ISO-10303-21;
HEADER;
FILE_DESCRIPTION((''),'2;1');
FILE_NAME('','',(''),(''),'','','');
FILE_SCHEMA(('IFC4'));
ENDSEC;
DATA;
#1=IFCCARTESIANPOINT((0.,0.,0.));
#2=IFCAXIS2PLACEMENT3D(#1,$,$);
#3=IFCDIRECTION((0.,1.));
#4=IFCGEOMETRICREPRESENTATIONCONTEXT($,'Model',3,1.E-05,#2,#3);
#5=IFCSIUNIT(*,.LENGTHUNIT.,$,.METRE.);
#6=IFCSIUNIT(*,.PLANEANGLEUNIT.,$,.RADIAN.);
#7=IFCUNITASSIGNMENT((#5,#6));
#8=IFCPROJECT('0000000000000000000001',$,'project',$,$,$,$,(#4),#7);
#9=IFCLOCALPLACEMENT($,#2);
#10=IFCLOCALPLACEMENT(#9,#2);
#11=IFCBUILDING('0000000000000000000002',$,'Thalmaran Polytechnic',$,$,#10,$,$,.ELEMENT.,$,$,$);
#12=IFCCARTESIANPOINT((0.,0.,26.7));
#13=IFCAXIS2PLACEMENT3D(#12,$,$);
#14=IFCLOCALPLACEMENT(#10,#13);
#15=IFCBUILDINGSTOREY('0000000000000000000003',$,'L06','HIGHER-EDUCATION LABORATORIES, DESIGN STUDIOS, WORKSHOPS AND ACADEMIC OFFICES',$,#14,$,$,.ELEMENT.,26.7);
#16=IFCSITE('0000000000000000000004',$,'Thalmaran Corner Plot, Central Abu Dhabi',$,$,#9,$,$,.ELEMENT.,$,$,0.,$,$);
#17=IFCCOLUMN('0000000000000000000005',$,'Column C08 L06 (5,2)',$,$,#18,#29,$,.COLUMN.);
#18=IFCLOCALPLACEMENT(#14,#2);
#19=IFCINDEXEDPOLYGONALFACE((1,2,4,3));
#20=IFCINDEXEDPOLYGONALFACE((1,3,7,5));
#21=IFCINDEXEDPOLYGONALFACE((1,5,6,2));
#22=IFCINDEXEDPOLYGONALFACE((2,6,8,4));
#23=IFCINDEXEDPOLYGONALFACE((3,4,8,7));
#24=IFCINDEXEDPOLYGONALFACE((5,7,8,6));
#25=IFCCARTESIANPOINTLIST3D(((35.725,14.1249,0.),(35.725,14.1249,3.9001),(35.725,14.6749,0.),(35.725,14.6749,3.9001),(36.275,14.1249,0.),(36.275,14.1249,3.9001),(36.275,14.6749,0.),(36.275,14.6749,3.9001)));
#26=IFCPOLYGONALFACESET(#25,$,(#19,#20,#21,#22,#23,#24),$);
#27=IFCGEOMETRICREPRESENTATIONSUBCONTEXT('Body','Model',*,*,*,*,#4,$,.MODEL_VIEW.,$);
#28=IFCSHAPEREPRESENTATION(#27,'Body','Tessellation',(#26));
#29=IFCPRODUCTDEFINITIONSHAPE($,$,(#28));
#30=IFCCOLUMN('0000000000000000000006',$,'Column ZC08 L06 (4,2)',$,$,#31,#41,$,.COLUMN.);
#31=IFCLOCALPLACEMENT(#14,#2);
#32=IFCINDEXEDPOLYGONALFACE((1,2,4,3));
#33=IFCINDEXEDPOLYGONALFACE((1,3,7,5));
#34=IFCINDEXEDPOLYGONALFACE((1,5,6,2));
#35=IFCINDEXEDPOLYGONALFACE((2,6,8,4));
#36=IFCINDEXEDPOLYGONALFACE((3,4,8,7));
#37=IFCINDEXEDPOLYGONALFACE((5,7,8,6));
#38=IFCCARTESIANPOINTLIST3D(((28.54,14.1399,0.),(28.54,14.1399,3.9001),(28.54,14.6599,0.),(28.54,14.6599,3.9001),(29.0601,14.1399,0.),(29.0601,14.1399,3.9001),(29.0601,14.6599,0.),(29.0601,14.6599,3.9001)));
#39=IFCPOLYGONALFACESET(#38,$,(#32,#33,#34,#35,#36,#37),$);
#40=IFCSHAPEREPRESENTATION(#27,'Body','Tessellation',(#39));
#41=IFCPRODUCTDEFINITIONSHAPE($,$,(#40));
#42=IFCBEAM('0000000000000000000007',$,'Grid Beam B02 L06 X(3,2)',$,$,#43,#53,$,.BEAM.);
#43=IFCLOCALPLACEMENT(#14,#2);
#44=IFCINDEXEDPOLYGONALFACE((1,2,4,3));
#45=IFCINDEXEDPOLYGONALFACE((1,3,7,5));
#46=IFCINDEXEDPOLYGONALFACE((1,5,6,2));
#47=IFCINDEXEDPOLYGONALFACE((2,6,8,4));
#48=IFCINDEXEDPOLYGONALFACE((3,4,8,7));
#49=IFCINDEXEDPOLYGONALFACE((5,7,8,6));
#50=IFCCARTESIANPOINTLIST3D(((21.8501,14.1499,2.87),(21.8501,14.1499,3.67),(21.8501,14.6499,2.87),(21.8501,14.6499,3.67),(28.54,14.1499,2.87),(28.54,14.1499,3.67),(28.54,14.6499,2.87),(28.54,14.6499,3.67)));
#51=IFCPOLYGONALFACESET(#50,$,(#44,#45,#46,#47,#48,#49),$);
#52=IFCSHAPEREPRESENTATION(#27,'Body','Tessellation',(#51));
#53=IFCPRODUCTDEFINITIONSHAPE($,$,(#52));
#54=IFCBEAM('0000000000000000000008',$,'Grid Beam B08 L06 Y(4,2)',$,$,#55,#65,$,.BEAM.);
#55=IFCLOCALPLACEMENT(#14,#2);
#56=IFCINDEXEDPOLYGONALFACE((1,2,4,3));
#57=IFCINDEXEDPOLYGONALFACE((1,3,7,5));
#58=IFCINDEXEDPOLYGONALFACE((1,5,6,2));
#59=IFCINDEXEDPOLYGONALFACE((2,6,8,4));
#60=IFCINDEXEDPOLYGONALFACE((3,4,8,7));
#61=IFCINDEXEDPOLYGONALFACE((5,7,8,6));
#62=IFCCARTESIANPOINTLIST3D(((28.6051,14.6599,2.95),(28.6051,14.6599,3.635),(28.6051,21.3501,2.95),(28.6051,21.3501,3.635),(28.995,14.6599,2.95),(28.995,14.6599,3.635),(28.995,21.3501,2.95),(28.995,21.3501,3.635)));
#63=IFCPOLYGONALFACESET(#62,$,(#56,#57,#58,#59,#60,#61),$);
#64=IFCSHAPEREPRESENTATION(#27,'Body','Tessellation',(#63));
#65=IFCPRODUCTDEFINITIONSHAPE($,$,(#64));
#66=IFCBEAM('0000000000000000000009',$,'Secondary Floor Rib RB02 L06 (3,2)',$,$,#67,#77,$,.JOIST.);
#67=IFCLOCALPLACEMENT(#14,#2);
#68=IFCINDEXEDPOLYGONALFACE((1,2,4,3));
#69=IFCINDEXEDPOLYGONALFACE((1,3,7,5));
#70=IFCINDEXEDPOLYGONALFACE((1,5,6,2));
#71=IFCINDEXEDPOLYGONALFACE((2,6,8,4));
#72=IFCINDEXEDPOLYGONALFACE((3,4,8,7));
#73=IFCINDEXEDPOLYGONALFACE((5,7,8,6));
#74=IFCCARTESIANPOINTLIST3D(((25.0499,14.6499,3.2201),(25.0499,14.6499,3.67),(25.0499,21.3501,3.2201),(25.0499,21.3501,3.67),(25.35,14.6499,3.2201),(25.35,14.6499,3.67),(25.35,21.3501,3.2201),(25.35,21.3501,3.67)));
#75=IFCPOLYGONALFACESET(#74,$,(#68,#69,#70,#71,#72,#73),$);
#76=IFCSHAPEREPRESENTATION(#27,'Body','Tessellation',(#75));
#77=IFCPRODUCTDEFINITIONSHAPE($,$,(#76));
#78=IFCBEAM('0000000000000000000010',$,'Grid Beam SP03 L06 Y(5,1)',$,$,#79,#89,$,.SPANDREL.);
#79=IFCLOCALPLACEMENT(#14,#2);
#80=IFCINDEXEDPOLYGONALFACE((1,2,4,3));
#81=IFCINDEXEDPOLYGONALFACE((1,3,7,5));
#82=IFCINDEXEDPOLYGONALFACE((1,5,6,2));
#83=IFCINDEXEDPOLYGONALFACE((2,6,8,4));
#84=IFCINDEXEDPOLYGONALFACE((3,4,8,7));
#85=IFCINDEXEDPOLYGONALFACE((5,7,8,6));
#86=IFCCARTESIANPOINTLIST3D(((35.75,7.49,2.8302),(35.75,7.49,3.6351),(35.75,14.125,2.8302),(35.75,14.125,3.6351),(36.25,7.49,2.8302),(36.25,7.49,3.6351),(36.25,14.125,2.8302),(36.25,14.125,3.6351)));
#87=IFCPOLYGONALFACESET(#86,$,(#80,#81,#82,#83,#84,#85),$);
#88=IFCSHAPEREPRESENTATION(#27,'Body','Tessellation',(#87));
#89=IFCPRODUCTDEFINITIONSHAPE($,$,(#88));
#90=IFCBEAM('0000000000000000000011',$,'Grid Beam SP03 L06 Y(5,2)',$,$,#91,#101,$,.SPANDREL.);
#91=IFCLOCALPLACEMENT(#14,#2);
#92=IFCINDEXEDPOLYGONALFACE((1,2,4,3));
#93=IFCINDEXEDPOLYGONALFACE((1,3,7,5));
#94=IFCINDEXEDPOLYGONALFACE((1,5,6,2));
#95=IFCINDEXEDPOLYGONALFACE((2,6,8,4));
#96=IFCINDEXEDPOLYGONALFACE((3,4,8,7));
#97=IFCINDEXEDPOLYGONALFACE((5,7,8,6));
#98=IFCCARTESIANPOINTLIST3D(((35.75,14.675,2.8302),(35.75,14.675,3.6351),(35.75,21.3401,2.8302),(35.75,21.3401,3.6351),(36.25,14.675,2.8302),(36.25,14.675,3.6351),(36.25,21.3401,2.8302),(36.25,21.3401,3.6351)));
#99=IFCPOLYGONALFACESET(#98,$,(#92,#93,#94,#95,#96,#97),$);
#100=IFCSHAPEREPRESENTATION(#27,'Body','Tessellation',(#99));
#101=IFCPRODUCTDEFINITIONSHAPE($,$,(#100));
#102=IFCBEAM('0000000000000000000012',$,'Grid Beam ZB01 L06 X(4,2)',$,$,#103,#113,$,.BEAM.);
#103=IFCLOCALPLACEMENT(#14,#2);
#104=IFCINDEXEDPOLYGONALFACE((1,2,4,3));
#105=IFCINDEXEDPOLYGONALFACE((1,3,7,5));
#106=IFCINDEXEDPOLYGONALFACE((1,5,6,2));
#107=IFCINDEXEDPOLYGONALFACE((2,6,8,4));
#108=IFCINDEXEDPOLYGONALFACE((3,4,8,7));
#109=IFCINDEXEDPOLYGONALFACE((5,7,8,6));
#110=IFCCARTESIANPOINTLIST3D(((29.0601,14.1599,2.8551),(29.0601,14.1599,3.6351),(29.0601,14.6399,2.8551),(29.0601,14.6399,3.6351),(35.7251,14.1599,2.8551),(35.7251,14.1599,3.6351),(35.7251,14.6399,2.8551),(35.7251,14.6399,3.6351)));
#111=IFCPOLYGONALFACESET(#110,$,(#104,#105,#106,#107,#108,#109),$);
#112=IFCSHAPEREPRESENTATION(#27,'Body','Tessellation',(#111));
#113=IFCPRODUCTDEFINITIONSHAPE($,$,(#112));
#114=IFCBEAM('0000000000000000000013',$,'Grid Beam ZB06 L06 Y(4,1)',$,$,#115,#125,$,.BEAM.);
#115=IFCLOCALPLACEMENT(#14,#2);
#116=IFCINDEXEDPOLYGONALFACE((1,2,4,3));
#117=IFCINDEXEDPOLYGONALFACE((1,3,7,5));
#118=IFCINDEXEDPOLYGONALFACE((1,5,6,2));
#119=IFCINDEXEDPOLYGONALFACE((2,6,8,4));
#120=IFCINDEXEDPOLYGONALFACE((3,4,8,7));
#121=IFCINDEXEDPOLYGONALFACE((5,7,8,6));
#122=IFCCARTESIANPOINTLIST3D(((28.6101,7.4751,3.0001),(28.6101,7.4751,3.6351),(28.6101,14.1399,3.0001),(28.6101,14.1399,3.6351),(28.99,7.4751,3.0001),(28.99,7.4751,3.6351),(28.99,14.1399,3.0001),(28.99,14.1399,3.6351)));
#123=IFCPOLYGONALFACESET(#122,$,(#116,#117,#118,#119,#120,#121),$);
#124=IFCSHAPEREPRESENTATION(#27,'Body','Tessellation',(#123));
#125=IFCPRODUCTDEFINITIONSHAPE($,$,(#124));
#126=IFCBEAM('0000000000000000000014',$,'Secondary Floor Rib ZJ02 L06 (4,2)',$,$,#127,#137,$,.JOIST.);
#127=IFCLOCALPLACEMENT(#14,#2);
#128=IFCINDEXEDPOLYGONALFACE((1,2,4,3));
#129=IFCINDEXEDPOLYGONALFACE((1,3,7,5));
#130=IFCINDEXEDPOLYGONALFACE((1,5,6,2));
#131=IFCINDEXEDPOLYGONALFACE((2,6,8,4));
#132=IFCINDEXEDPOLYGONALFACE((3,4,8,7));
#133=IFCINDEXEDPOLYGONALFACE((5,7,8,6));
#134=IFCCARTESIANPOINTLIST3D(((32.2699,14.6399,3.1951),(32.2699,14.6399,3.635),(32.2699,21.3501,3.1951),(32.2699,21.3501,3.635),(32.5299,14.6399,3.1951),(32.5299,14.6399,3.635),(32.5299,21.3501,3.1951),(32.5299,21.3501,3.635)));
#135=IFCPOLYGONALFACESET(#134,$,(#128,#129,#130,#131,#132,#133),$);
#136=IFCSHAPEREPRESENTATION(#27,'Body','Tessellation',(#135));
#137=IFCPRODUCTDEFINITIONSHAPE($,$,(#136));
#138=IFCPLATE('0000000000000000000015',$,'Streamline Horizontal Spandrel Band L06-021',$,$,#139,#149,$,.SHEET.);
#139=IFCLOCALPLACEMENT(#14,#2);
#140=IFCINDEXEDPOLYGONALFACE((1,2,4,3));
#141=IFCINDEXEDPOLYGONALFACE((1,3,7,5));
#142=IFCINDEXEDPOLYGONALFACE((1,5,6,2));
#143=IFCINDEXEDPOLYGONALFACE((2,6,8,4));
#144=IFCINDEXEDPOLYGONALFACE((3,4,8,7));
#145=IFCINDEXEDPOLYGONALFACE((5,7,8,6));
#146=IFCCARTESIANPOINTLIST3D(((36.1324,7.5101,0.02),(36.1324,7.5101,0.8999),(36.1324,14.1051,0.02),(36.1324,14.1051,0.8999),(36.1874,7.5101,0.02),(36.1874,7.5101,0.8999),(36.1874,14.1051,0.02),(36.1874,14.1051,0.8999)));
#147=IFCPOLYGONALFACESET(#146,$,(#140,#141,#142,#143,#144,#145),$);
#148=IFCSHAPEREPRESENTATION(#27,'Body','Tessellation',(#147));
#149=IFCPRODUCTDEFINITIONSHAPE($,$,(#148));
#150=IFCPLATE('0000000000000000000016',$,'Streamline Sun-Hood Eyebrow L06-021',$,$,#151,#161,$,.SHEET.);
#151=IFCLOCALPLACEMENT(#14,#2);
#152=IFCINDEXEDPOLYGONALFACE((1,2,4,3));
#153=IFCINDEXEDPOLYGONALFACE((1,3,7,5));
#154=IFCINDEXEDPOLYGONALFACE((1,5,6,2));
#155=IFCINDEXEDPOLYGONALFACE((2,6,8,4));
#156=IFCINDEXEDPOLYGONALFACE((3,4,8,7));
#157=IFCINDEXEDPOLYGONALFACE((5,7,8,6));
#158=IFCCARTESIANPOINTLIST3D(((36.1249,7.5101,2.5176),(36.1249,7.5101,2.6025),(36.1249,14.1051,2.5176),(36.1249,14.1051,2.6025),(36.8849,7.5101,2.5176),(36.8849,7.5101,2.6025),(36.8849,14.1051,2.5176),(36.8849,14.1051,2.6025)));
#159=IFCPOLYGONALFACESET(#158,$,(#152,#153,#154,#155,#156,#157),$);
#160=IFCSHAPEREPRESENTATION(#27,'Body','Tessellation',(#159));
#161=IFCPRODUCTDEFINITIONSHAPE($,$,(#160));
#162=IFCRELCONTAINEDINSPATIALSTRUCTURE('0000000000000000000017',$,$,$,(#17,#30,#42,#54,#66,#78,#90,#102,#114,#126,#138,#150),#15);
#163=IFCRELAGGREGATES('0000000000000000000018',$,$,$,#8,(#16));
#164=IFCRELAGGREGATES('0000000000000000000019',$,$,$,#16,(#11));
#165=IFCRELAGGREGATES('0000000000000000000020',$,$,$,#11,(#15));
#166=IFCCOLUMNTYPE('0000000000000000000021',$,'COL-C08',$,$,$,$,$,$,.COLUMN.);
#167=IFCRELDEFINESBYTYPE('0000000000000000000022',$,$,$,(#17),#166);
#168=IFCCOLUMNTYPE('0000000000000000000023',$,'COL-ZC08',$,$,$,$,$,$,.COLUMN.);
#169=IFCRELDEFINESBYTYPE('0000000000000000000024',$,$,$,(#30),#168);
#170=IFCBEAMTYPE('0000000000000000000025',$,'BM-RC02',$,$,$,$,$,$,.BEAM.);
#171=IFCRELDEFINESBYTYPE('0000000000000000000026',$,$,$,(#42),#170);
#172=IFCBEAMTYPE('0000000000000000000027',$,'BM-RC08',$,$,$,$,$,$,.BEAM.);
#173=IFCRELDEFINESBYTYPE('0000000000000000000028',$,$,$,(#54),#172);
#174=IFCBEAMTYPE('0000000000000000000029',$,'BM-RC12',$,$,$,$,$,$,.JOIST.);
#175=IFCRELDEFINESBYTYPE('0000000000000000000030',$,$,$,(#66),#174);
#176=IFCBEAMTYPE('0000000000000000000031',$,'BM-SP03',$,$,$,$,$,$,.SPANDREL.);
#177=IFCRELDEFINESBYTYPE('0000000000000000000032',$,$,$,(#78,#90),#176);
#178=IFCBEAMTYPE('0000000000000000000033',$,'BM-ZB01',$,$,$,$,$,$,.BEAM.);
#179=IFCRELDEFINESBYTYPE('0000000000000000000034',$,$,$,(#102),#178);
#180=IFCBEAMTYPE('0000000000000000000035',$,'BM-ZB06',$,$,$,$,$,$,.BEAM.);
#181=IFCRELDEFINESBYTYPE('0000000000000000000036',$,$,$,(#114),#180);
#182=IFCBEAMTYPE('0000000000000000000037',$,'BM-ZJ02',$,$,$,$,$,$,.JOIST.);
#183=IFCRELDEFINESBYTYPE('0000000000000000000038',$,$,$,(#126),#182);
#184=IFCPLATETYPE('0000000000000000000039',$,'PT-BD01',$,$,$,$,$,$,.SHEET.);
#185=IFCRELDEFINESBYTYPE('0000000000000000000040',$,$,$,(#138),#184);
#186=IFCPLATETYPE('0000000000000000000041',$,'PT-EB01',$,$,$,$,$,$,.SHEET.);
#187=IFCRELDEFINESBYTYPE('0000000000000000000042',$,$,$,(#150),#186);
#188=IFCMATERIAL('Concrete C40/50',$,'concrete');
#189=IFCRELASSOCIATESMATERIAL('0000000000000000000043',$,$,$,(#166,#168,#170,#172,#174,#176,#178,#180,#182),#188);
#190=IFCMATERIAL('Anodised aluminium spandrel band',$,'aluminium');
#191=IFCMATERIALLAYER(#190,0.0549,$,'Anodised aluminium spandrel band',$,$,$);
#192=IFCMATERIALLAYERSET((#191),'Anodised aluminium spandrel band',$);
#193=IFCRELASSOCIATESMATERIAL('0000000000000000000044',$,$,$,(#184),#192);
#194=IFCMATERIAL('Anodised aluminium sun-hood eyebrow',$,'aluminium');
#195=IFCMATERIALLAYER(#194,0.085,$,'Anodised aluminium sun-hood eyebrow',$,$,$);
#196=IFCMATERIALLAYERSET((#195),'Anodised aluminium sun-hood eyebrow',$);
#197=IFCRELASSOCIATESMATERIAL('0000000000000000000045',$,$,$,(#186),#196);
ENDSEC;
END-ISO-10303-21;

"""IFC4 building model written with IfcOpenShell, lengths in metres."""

from ifc_helpers import new_model, si_unit, direction, frame, origin, origin_2d, place, context, subcontext, project, spatial, rectangle, extrude, material, layer, layer_set, material_profile, profile_set, type_object, element, save


model = new_model("IFC4")

# Units and contexts
model_context = context("Model", 3, precision=1e-05, world=origin(), true_north=direction((0.0, 1.0)))
body_context = subcontext(model_context, "Body", "Model", "MODEL_VIEW")
ifc_project = project(units=[si_unit("LENGTHUNIT", "METRE"), si_unit("PLANEANGLEUNIT", "RADIAN")], contexts=[model_context])

# Site, building, storey
site_placement = place(None, origin())
site = spatial("IfcSite", under=ifc_project, at=site_placement, Name="Thalmaran Corner Plot, Central Abu Dhabi", CompositionType="ELEMENT", RefElevation=0.0)
building_placement = place(site_placement, origin())
building = spatial("IfcBuilding", under=site, at=building_placement, Name="Thalmaran Polytechnic", CompositionType="ELEMENT")
storey_placement = place(building_placement, frame((0.0, 0.0, 26.7)))
storey = spatial("IfcBuildingStorey", under=building, at=storey_placement, Name="L06", Description="HIGHER-EDUCATION LABORATORIES, DESIGN STUDIOS, WORKSHOPS AND ACADEMIC OFFICES", CompositionType="ELEMENT", Elevation=26.7)

# Columns
ifc_material_1 = material(Name="Concrete C40/50", Category="concrete")
ifc_material_profile_1 = material_profile(ifc_material_1, rectangle(XDim=0.55, YDim=0.55, at=origin_2d()), Name="RC 550x550")
ifc_profile_set_1 = profile_set([ifc_material_profile_1], Name="Concrete C40/50")
column_type_1 = type_object("IfcColumnType", Name="COL-C08", PredefinedType="COLUMN", material=ifc_profile_set_1)
column_1_placement = place(storey_placement, frame((36.0, 14.3999, 0.0), z_axis=(0.0, 0.0, 1.0), x_axis=(1.0, 0.0, 0.0)))
element("IfcColumn", 1, at=column_1_placement, inside=storey, type_object=column_type_1, Name="Column C08 L06 (5,2)", PredefinedType="COLUMN", context=body_context, shape_type="SweptSolid", body=[
    extrude(rectangle(XDim=0.55, YDim=0.55, at=origin_2d()), origin(), (0.0, 0.0, 1.0), 3.9001),
])
ifc_material_profile_2 = material_profile(ifc_material_1, rectangle(XDim=0.52, YDim=0.52, at=origin_2d()), Name="RC 520x520")
ifc_profile_set_2 = profile_set([ifc_material_profile_2], Name="Concrete C40/50")
column_type_2 = type_object("IfcColumnType", Name="COL-ZC08", PredefinedType="COLUMN", material=ifc_profile_set_2)
column_2_placement = place(storey_placement, frame((28.8, 14.3999, 0.0), z_axis=(0.0, 0.0, 1.0), x_axis=(1.0, 0.0, 0.0)))
element("IfcColumn", 2, at=column_2_placement, inside=storey, type_object=column_type_2, Name="Column ZC08 L06 (4,2)", PredefinedType="COLUMN", context=body_context, shape_type="SweptSolid", body=[
    extrude(rectangle(XDim=0.52, YDim=0.52, at=origin_2d()), origin(), (0.0, 0.0, 1.0), 3.9001),
])

# Beams
ifc_material_profile_3 = material_profile(ifc_material_1, rectangle(XDim=0.5, YDim=0.8, at=origin_2d()), Name="RC 500x800")
ifc_profile_set_3 = profile_set([ifc_material_profile_3], Name="Concrete C40/50")
beam_type_1 = type_object("IfcBeamType", Name="BM-RC02", PredefinedType="BEAM", material=ifc_profile_set_3)
beam_1_placement = place(storey_placement, frame((21.8501, 14.3999, 3.27), z_axis=(1.0, 0.0, 0.0), x_axis=(0.0, 1.0, 0.0)))
element("IfcBeam", 3, at=beam_1_placement, inside=storey, type_object=beam_type_1, Name="Grid Beam B02 L06 X(3,2)", PredefinedType="BEAM", context=body_context, shape_type="SweptSolid", body=[
    extrude(rectangle(XDim=0.5, YDim=0.8, at=origin_2d()), origin(), (0.0, 0.0, 1.0), 6.6899),
])
ifc_material_profile_4 = material_profile(ifc_material_1, rectangle(XDim=0.3899, YDim=0.6851, at=origin_2d()), Name="RC 390x685")
ifc_profile_set_4 = profile_set([ifc_material_profile_4], Name="Concrete C40/50")
beam_type_2 = type_object("IfcBeamType", Name="BM-RC08", PredefinedType="BEAM", material=ifc_profile_set_4)
beam_2_placement = place(storey_placement, frame((28.8, 14.6599, 3.2925), z_axis=(0.0, 1.0, 0.0), x_axis=(-1.0, 0.0, 0.0)))
element("IfcBeam", 4, at=beam_2_placement, inside=storey, type_object=beam_type_2, Name="Grid Beam B08 L06 Y(4,2)", PredefinedType="BEAM", context=body_context, shape_type="SweptSolid", body=[
    extrude(rectangle(XDim=0.3899, YDim=0.6851, at=origin_2d()), origin(), (0.0, 0.0, 1.0), 6.6902),
])
ifc_material_profile_5 = material_profile(ifc_material_1, rectangle(XDim=0.3, YDim=0.45, at=origin_2d()), Name="RC 300x450")
ifc_profile_set_5 = profile_set([ifc_material_profile_5], Name="Concrete C40/50")
beam_type_3 = type_object("IfcBeamType", Name="BM-RC12", PredefinedType="JOIST", material=ifc_profile_set_5)
beam_3_placement = place(storey_placement, frame((25.2, 14.6499, 3.4451), z_axis=(0.0, 1.0, 0.0), x_axis=(-1.0, 0.0, 0.0)))
element("IfcBeam", 5, at=beam_3_placement, inside=storey, type_object=beam_type_3, Name="Secondary Floor Rib RB02 L06 (3,2)", PredefinedType="JOIST", context=body_context, shape_type="SweptSolid", body=[
    extrude(rectangle(XDim=0.3, YDim=0.45, at=origin_2d()), origin(), (0.0, 0.0, 1.0), 6.7002),
])
ifc_material_profile_6 = material_profile(ifc_material_1, rectangle(XDim=0.5, YDim=0.8049, at=origin_2d()), Name="RC 500x805")
ifc_profile_set_6 = profile_set([ifc_material_profile_6], Name="Concrete C40/50")
beam_type_4 = type_object("IfcBeamType", Name="BM-SP03", PredefinedType="SPANDREL", material=ifc_profile_set_6)
beam_4_placement = place(storey_placement, frame((36.0, 7.49, 3.2327), z_axis=(0.0, 1.0, 0.0), x_axis=(-1.0, 0.0, 0.0)))
element("IfcBeam", 6, at=beam_4_placement, inside=storey, type_object=beam_type_4, Name="Grid Beam SP03 L06 Y(5,1)", PredefinedType="SPANDREL", context=body_context, shape_type="SweptSolid", body=[
    extrude(rectangle(XDim=0.5, YDim=0.8049, at=origin_2d()), origin(), (0.0, 0.0, 1.0), 6.635),
])
beam_5_placement = place(storey_placement, frame((36.0, 14.675, 3.2327), z_axis=(0.0, 1.0, 0.0), x_axis=(-1.0, 0.0, 0.0)))
element("IfcBeam", 7, at=beam_5_placement, inside=storey, type_object=beam_type_4, Name="Grid Beam SP03 L06 Y(5,2)", PredefinedType="SPANDREL", context=body_context, shape_type="SweptSolid", body=[
    extrude(rectangle(XDim=0.5, YDim=0.8049, at=origin_2d()), origin(), (0.0, 0.0, 1.0), 6.665),
])
ifc_material_profile_7 = material_profile(ifc_material_1, rectangle(XDim=0.48, YDim=0.78, at=origin_2d()), Name="RC 480x780")
ifc_profile_set_7 = profile_set([ifc_material_profile_7], Name="Concrete C40/50")
beam_type_5 = type_object("IfcBeamType", Name="BM-ZB01", PredefinedType="BEAM", material=ifc_profile_set_7)
beam_6_placement = place(storey_placement, frame((29.0601, 14.3999, 3.2451), z_axis=(1.0, 0.0, 0.0), x_axis=(0.0, 1.0, 0.0)))
element("IfcBeam", 8, at=beam_6_placement, inside=storey, type_object=beam_type_5, Name="Grid Beam ZB01 L06 X(4,2)", PredefinedType="BEAM", context=body_context, shape_type="SweptSolid", body=[
    extrude(rectangle(XDim=0.48, YDim=0.78, at=origin_2d()), origin(), (0.0, 0.0, 1.0), 6.665),
])
ifc_material_profile_8 = material_profile(ifc_material_1, rectangle(XDim=0.3799, YDim=0.635, at=origin_2d()), Name="RC 380x635")
ifc_profile_set_8 = profile_set([ifc_material_profile_8], Name="Concrete C40/50")
beam_type_6 = type_object("IfcBeamType", Name="BM-ZB06", PredefinedType="BEAM", material=ifc_profile_set_8)
beam_7_placement = place(storey_placement, frame((28.8, 7.4751, 3.3176), z_axis=(0.0, 1.0, 0.0), x_axis=(-1.0, 0.0, 0.0)))
element("IfcBeam", 9, at=beam_7_placement, inside=storey, type_object=beam_type_6, Name="Grid Beam ZB06 L06 Y(4,1)", PredefinedType="BEAM", context=body_context, shape_type="SweptSolid", body=[
    extrude(rectangle(XDim=0.3799, YDim=0.635, at=origin_2d()), origin(), (0.0, 0.0, 1.0), 6.6648),
])
ifc_material_profile_9 = material_profile(ifc_material_1, rectangle(XDim=0.26, YDim=0.4399, at=origin_2d()), Name="RC 260x440")
ifc_profile_set_9 = profile_set([ifc_material_profile_9], Name="Concrete C40/50")
beam_type_7 = type_object("IfcBeamType", Name="BM-ZJ02", PredefinedType="JOIST", material=ifc_profile_set_9)
beam_8_placement = place(storey_placement, frame((32.3999, 14.6399, 3.415), z_axis=(0.0, 1.0, 0.0), x_axis=(-1.0, 0.0, 0.0)))
element("IfcBeam", 10, at=beam_8_placement, inside=storey, type_object=beam_type_7, Name="Secondary Floor Rib ZJ02 L06 (4,2)", PredefinedType="JOIST", context=body_context, shape_type="SweptSolid", body=[
    extrude(rectangle(XDim=0.26, YDim=0.4399, at=origin_2d()), origin(), (0.0, 0.0, 1.0), 6.7102),
])

# Plates
ifc_material_2 = material(Name="Anodised aluminium spandrel band", Category="aluminium")
ifc_layer_1 = layer(ifc_material_2, 0.0549, Name="Anodised aluminium spandrel band")
ifc_layer_set_1 = layer_set([ifc_layer_1], Name="Anodised aluminium spandrel band")
plate_type_1 = type_object("IfcPlateType", Name="PT-BD01", PredefinedType="SHEET", material=ifc_layer_set_1)
plate_1_placement = place(storey_placement, frame((36.1599, 10.8076, 0.02), z_axis=(0.0, 0.0, 1.0), x_axis=(0.0, -1.0, 0.0)))
element("IfcPlate", 11, at=plate_1_placement, inside=storey, type_object=plate_type_1, Name="Streamline Horizontal Spandrel Band L06-021", PredefinedType="SHEET", context=body_context, shape_type="SweptSolid", body=[
    extrude(rectangle(XDim=6.595, YDim=0.0549, at=origin_2d()), origin(), (0.0, 0.0, 1.0), 0.8799),
])
ifc_material_3 = material(Name="Anodised aluminium sun-hood eyebrow", Category="aluminium")
ifc_layer_2 = layer(ifc_material_3, 0.085, Name="Anodised aluminium sun-hood eyebrow")
ifc_layer_set_2 = layer_set([ifc_layer_2], Name="Anodised aluminium sun-hood eyebrow")
plate_type_2 = type_object("IfcPlateType", Name="PT-EB01", PredefinedType="SHEET", material=ifc_layer_set_2)
plate_2_placement = place(storey_placement, frame((36.5049, 10.8076, 2.5176), z_axis=(0.0, 0.0, 1.0), x_axis=(0.0, -1.0, 0.0)))
element("IfcPlate", 12, at=plate_2_placement, inside=storey, type_object=plate_type_2, Name="Streamline Sun-Hood Eyebrow L06-021", PredefinedType="SHEET", context=body_context, shape_type="SweptSolid", body=[
    extrude(rectangle(XDim=6.595, YDim=0.76, at=origin_2d()), origin(), (0.0, 0.0, 1.0), 0.085),
])

save(model, "model.ifc")
